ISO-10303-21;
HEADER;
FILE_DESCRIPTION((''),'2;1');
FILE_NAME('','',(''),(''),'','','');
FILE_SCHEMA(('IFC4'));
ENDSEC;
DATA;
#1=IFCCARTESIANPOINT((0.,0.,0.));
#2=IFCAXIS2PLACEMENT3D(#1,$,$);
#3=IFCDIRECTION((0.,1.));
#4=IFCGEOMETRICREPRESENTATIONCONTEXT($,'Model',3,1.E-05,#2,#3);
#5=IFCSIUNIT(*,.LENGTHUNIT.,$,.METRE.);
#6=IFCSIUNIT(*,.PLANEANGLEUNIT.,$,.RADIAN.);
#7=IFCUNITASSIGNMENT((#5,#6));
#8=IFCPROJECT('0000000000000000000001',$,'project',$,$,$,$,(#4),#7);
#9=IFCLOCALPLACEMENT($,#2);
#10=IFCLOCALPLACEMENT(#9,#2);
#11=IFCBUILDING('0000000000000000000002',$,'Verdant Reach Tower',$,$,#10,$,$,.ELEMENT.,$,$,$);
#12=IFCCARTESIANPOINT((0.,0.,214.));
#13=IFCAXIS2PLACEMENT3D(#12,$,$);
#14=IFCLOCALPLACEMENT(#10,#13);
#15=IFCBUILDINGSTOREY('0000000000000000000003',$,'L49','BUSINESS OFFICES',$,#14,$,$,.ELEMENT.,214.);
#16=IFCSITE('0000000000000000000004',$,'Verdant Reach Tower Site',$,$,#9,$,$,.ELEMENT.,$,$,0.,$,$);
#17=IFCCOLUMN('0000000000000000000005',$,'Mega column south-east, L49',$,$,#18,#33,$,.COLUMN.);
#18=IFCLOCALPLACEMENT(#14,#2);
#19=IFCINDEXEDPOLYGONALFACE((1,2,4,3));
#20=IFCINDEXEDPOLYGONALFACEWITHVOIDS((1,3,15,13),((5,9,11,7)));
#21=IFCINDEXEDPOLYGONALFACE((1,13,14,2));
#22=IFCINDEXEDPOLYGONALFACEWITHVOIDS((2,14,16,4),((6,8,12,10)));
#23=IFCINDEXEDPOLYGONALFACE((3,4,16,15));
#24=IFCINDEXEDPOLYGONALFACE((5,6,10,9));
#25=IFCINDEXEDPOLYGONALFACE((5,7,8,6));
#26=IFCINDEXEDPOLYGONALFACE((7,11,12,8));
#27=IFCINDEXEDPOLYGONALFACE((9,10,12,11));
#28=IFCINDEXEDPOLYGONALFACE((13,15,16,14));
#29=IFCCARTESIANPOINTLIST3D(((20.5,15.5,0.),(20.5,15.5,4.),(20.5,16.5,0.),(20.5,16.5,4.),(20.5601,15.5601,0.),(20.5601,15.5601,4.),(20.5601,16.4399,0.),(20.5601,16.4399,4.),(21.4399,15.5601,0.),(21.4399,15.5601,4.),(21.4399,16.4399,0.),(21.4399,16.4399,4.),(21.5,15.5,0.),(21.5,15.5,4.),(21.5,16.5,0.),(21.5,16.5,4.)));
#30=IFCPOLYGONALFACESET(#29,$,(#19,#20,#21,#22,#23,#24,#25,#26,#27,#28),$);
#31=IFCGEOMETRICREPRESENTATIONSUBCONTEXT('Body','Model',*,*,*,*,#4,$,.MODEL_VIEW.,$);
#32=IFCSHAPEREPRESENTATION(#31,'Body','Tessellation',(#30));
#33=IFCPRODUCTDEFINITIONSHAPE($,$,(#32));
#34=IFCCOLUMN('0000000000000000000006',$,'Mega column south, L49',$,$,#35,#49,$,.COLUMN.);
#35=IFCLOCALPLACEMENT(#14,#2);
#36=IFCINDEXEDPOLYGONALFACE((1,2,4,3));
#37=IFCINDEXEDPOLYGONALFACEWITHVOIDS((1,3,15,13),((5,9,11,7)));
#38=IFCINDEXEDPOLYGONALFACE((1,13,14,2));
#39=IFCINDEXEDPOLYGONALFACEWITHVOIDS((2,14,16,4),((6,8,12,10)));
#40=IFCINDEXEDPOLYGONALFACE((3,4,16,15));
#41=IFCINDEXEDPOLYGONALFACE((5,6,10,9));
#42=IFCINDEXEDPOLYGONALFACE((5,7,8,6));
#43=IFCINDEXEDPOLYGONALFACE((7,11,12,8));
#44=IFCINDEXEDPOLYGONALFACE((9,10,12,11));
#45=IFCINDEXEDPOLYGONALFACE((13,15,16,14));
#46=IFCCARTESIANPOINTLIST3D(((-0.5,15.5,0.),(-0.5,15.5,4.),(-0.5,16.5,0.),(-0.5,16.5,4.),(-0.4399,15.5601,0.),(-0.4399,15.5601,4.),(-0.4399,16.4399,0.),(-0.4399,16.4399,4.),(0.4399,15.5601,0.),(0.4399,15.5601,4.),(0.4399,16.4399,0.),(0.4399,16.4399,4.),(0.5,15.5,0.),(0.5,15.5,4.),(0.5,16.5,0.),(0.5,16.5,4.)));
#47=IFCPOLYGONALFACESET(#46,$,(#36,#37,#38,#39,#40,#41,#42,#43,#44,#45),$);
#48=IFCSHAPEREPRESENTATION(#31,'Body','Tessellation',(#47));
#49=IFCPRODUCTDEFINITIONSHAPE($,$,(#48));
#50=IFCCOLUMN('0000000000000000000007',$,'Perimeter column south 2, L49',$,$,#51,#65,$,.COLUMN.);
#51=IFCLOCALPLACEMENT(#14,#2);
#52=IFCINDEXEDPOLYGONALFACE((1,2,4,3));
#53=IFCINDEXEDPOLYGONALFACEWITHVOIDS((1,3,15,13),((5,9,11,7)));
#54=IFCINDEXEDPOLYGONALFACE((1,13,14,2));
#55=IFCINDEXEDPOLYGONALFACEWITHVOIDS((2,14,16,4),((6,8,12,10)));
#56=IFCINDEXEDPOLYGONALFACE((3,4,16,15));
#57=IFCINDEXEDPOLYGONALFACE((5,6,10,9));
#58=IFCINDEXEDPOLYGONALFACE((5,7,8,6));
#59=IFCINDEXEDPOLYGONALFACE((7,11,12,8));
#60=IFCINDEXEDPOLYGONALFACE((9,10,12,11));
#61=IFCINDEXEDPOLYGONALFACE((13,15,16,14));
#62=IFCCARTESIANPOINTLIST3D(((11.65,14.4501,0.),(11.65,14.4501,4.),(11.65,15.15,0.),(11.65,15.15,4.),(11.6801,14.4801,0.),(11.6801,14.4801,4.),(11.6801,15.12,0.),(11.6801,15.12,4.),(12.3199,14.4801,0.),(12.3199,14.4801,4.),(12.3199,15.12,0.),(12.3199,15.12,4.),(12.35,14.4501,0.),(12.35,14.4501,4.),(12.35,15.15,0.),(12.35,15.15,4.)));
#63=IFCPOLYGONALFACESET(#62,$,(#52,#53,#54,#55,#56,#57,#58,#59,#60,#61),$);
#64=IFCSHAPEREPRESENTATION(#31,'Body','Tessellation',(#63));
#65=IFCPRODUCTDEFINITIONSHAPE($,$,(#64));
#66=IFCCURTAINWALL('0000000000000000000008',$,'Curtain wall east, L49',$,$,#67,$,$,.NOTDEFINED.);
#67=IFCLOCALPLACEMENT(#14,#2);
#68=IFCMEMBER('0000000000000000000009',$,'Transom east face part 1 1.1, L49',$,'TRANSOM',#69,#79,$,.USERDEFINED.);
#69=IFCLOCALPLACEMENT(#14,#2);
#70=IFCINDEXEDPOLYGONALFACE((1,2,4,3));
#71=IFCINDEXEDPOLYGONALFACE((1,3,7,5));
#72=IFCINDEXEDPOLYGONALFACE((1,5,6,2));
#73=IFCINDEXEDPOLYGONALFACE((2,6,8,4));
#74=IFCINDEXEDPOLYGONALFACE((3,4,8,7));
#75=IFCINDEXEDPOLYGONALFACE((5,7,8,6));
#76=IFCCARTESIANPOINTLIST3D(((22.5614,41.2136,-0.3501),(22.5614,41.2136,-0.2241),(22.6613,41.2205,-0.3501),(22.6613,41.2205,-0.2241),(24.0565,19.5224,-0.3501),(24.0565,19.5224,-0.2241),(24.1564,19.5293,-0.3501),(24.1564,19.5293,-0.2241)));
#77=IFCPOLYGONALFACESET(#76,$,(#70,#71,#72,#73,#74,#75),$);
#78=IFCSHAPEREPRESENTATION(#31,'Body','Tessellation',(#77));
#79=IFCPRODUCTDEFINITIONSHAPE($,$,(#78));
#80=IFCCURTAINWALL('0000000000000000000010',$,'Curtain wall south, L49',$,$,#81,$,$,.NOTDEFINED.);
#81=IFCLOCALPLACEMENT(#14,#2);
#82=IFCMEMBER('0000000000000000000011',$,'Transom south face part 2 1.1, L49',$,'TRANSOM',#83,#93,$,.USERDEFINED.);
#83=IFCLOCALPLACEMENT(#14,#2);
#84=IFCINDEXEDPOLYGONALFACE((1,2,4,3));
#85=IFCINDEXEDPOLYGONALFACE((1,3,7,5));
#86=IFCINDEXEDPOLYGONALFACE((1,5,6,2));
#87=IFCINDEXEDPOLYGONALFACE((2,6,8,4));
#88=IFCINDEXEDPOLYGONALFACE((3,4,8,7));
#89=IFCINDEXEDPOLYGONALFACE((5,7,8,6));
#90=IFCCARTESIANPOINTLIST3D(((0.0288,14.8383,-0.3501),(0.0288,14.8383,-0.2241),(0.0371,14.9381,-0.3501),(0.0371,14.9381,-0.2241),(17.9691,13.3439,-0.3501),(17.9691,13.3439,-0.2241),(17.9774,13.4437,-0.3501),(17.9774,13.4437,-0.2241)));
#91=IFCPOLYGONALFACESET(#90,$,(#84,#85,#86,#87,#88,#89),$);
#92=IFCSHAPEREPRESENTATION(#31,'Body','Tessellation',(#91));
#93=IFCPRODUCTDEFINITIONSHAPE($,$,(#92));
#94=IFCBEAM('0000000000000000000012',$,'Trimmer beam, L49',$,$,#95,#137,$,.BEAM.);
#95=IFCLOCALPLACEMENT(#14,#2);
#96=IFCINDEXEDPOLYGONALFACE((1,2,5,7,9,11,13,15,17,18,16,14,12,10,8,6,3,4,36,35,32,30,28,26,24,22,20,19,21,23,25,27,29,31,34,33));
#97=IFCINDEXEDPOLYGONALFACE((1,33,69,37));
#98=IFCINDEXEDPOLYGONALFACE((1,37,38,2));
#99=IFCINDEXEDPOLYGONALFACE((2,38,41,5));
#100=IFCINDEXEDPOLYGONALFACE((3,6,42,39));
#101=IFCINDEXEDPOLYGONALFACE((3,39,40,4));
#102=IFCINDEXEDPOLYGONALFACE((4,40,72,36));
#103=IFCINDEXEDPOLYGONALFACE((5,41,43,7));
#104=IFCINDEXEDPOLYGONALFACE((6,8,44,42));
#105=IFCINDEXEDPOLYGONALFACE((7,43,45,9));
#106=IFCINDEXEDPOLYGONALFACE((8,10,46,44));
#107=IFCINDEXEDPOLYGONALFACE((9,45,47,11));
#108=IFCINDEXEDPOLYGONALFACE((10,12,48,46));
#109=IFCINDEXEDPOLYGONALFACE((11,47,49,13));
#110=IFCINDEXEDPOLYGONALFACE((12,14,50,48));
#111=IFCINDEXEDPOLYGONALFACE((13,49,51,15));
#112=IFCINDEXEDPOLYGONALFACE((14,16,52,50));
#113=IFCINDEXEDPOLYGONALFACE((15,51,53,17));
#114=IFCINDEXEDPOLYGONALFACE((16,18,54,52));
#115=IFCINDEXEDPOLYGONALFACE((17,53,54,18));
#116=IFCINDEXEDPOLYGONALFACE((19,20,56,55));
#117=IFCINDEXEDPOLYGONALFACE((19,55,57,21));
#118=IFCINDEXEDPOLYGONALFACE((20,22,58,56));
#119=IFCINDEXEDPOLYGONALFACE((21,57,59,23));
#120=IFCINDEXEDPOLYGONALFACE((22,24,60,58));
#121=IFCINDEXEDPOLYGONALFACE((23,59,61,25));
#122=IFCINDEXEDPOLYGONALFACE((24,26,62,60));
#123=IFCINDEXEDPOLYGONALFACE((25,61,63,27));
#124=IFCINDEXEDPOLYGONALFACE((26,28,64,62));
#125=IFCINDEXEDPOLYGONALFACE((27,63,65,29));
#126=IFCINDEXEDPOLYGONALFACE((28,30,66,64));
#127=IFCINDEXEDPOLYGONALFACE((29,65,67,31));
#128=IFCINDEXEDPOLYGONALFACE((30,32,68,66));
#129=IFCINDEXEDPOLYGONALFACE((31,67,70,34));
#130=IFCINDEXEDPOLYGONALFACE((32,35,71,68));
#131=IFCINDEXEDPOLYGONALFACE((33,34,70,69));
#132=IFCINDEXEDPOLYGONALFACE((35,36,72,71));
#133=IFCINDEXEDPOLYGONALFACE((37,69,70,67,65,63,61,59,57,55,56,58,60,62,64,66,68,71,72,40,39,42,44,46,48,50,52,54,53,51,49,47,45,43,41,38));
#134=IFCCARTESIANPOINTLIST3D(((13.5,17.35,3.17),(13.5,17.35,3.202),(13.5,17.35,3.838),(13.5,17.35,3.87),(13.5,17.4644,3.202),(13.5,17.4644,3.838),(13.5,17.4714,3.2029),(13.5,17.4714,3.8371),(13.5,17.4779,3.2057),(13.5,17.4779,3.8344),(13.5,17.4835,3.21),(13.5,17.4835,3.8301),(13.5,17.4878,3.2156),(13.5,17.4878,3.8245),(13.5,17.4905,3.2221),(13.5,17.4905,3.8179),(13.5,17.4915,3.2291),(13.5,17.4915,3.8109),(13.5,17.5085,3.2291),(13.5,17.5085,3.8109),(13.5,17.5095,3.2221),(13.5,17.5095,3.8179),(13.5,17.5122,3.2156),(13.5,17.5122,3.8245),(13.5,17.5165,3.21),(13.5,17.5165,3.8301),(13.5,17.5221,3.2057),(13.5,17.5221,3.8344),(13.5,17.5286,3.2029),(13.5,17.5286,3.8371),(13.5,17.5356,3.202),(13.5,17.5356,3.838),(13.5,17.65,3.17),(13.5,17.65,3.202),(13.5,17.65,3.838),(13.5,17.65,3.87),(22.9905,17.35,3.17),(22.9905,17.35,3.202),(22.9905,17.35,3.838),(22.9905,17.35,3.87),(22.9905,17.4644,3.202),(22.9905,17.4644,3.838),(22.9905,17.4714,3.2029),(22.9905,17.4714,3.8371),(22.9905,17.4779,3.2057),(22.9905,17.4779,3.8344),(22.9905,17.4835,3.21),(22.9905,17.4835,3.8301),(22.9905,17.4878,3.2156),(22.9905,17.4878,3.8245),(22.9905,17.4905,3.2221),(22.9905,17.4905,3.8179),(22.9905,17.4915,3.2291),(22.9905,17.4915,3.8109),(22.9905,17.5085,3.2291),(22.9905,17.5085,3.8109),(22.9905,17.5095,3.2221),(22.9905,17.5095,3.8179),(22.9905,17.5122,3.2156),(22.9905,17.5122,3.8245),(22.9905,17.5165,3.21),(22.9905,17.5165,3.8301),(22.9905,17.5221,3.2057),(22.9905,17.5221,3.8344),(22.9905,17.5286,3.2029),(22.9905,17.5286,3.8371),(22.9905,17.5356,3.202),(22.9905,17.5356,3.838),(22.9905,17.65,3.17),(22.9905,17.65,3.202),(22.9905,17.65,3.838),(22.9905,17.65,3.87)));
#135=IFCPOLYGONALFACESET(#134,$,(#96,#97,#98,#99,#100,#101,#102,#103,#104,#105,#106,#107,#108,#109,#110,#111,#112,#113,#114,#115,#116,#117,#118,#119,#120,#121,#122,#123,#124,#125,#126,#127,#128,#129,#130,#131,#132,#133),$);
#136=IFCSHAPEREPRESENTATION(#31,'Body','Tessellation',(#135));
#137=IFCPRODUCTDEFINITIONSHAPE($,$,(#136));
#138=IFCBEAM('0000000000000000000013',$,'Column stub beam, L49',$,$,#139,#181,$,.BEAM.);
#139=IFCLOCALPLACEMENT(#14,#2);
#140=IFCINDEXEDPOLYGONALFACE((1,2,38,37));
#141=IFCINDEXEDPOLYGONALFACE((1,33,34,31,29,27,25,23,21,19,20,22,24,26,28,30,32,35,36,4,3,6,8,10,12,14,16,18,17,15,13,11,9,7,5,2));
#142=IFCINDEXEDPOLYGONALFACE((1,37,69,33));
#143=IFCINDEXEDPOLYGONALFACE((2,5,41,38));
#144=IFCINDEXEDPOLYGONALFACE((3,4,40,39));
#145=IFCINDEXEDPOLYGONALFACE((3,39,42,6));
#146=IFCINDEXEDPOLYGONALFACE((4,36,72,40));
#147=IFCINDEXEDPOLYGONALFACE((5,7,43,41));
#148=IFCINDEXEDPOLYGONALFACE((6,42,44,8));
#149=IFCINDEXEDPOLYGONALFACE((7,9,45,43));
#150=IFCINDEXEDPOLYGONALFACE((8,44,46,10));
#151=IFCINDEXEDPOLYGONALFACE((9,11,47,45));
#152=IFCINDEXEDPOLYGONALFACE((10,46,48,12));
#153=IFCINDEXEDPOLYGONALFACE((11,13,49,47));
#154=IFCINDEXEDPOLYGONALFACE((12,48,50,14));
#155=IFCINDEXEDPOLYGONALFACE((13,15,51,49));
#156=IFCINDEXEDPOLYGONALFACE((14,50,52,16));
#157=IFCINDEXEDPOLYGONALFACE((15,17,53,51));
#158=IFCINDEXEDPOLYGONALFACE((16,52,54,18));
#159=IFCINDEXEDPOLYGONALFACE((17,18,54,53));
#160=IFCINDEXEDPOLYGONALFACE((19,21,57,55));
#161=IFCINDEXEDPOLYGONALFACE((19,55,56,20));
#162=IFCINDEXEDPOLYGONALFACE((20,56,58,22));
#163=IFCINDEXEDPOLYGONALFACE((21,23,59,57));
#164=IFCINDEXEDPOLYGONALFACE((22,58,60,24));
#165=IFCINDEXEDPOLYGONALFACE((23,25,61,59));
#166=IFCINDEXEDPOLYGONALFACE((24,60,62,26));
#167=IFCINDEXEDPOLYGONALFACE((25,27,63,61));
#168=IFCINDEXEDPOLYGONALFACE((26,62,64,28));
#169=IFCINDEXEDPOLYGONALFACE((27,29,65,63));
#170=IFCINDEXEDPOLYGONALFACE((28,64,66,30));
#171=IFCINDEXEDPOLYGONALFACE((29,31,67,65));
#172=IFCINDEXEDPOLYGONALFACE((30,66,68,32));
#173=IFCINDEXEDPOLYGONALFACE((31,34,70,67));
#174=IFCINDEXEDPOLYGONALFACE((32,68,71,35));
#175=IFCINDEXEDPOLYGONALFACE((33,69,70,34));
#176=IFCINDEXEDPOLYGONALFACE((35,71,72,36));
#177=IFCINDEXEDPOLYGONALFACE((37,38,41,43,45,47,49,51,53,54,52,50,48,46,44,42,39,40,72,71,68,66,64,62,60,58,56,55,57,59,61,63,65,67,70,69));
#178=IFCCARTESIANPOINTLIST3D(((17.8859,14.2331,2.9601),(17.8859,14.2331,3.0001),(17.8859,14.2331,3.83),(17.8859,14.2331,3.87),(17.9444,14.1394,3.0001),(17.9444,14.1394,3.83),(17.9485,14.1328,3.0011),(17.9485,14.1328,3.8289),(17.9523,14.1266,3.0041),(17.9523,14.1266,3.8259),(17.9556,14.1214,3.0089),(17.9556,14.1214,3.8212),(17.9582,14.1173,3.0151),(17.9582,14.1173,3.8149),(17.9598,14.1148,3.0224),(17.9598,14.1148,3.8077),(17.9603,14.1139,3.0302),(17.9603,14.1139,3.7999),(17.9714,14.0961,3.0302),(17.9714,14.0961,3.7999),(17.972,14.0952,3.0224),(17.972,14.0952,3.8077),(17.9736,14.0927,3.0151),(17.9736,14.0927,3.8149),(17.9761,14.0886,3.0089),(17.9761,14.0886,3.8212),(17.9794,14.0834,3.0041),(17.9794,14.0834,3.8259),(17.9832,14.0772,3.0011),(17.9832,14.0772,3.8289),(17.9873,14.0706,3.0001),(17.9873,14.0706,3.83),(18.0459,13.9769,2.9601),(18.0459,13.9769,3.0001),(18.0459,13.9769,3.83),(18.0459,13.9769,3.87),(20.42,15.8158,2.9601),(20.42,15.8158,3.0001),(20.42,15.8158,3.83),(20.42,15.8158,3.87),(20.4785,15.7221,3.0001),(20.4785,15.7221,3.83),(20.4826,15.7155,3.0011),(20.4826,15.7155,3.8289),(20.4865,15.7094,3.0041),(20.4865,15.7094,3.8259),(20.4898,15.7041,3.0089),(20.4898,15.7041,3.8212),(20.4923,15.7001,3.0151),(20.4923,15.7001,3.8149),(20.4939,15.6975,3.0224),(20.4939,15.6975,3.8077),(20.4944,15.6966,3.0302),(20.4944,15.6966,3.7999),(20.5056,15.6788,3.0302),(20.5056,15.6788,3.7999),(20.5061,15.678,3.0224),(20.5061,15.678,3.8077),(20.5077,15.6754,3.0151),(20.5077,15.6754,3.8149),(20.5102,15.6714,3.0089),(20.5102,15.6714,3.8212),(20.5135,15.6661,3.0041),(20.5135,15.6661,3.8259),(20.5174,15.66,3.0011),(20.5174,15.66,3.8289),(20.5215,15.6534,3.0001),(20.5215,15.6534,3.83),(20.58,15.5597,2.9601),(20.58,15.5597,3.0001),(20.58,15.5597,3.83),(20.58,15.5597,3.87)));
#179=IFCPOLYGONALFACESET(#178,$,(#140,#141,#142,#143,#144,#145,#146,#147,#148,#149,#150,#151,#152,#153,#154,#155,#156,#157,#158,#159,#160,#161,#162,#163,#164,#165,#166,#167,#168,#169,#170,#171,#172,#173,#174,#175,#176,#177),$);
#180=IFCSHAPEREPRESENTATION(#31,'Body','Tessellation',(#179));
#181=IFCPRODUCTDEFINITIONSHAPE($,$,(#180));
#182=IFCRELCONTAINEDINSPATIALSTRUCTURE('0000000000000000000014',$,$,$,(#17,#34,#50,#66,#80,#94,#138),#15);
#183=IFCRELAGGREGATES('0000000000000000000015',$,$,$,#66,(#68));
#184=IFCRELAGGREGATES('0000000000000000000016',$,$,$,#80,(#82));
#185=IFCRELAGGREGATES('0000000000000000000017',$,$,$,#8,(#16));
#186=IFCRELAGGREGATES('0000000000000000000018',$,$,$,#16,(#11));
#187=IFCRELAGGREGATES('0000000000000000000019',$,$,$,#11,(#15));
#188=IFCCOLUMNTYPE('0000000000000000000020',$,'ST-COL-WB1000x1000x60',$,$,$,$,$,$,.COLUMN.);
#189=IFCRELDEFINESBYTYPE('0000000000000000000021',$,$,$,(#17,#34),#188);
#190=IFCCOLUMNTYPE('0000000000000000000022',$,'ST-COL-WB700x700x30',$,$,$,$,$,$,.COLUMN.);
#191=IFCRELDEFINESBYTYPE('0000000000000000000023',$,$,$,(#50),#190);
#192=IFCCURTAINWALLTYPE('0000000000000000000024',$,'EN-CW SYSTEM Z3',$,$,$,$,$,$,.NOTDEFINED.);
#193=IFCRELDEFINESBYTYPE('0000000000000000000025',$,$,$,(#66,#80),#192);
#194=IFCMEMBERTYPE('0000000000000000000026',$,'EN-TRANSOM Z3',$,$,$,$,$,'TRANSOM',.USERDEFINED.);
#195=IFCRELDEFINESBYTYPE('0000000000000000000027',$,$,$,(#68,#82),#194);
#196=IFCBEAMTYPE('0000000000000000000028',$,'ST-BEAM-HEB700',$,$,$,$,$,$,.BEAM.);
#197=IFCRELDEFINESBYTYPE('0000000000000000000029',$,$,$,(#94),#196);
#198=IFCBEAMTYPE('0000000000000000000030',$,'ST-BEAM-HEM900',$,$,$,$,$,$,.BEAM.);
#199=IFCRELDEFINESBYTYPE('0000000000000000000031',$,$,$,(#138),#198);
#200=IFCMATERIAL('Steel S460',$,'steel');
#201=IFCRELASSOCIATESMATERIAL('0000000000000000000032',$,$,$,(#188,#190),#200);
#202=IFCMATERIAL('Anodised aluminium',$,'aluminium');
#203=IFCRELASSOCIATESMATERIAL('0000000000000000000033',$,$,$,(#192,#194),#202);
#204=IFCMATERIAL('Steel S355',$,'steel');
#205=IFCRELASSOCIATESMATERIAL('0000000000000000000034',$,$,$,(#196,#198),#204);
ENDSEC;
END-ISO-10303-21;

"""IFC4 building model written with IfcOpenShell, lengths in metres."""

from ifc_helpers import new_model, si_unit, direction, frame, origin, origin_2d, place, context, subcontext, project, spatial, rectangle, hollow_rectangle, i_section, extrude, material, material_profile, profile_set, type_object, element, aggregate, save


model = new_model("IFC4")

# Units and contexts
model_context = context("Model", 3, precision=1e-05, world=origin(), true_north=direction((0.0, 1.0)))
body_context = subcontext(model_context, "Body", "Model", "MODEL_VIEW")
ifc_project = project(units=[si_unit("LENGTHUNIT", "METRE"), si_unit("PLANEANGLEUNIT", "RADIAN")], contexts=[model_context])

# Site, building, storey
site_placement = place(None, origin())
site = spatial("IfcSite", under=ifc_project, at=site_placement, Name="Verdant Reach Tower Site", CompositionType="ELEMENT", RefElevation=0.0)
building_placement = place(site_placement, origin())
building = spatial("IfcBuilding", under=site, at=building_placement, Name="Verdant Reach Tower", CompositionType="ELEMENT")
storey_placement = place(building_placement, frame((0.0, 0.0, 214.0)))
storey = spatial("IfcBuildingStorey", under=building, at=storey_placement, Name="L49", Description="BUSINESS OFFICES", CompositionType="ELEMENT", Elevation=214.0)

# Columns
ifc_material_1 = material(Name="Steel S460", Category="steel")
ifc_material_profile_1 = material_profile(ifc_material_1, hollow_rectangle(XDim=1.0, YDim=1.0, WallThickness=0.0601, at=origin_2d()), Name="WB 1000x1000x60")
ifc_profile_set_1 = profile_set([ifc_material_profile_1], Name="Steel S460")
column_type_1 = type_object("IfcColumnType", Name="ST-COL-WB1000x1000x60", PredefinedType="COLUMN", material=ifc_profile_set_1)
for number, where, z_axis, x_axis, name in (
    (1, (21.0, 16.0, 0.0), (0.0, 0.0, 1.0), (1.0, 0.0, 0.0), "Mega column south-east, L49"),
    (2, (0.0, 16.0, 0.0), (0.0, 0.0, 1.0), (1.0, 0.0, 0.0), "Mega column south, L49"),
):
    element("IfcColumn", number, at=place(storey_placement, frame(where, z_axis=z_axis, x_axis=x_axis)), inside=storey, type_object=column_type_1, Name=name, PredefinedType="COLUMN", context=body_context, shape_type="SweptSolid", body=[
        extrude(hollow_rectangle(XDim=1.0, YDim=1.0, WallThickness=0.0601, at=origin_2d()), origin(), (0.0, 0.0, 1.0), 4.0),
    ])
ifc_material_profile_2 = material_profile(ifc_material_1, hollow_rectangle(XDim=0.7, YDim=0.7, WallThickness=0.03, at=origin_2d()), Name="WB 700x700x30")
ifc_profile_set_2 = profile_set([ifc_material_profile_2], Name="Steel S460")
column_type_2 = type_object("IfcColumnType", Name="ST-COL-WB700x700x30", PredefinedType="COLUMN", material=ifc_profile_set_2)
column_placement = place(storey_placement, frame((12.0, 14.8, 0.0), z_axis=(0.0, 0.0, 1.0), x_axis=(1.0, 0.0, 0.0)))
element("IfcColumn", 3, at=column_placement, inside=storey, type_object=column_type_2, Name="Perimeter column south 2, L49", PredefinedType="COLUMN", context=body_context, shape_type="SweptSolid", body=[
    extrude(hollow_rectangle(XDim=0.7, YDim=0.7, WallThickness=0.03, at=origin_2d()), origin(), (0.0, 0.0, 1.0), 4.0),
])

# Curtain walls, members
ifc_material_2 = material(Name="Anodised aluminium", Category="aluminium")
curtain_wall_type = type_object("IfcCurtainWallType", Name="EN-CW SYSTEM Z3", PredefinedType="NOTDEFINED", material=ifc_material_2)
curtain_wall_1_placement = place(storey_placement, origin())
curtain_wall_1 = element("IfcCurtainWall", 4, at=curtain_wall_1_placement, inside=storey, type_object=curtain_wall_type, Name="Curtain wall east, L49", PredefinedType="NOTDEFINED")
ifc_material_profile_3 = material_profile(ifc_material_2, rectangle(XDim=0.1001, YDim=0.126, at=origin_2d()), Name="Transom 126x100")
ifc_profile_set_3 = profile_set([ifc_material_profile_3], Name="Anodised aluminium")
member_type = type_object("IfcMemberType", Name="EN-TRANSOM Z3", ElementType="TRANSOM", PredefinedType="USERDEFINED", material=ifc_profile_set_3)
member_1_placement = place(storey_placement, frame((24.1064, 19.5259, -0.2871), z_axis=(-0.068764, 0.997633, 0.0), x_axis=(-0.997633, -0.068764, 0.0)))
member_1 = element("IfcMember", 5, at=member_1_placement, type_object=member_type, Name="Transom east face part 1 1.1, L49", ObjectType="TRANSOM", PredefinedType="USERDEFINED", context=body_context, shape_type="SweptSolid", body=[
    extrude(rectangle(XDim=0.1001, YDim=0.126, at=origin_2d()), origin(), (0.0, 0.0, 1.0), 21.7427),
])
aggregate(curtain_wall_1, [member_1])
curtain_wall_2_placement = place(storey_placement, origin())
curtain_wall_2 = element("IfcCurtainWall", 6, at=curtain_wall_2_placement, inside=storey, type_object=curtain_wall_type, Name="Curtain wall south, L49", PredefinedType="NOTDEFINED")
member_2_placement = place(storey_placement, frame((0.033, 14.8882, -0.2871), z_axis=(0.996549, -0.08301, 0.0), x_axis=(0.08301, 0.996549, 0.0)))
member_2 = element("IfcMember", 7, at=member_2_placement, type_object=member_type, Name="Transom south face part 2 1.1, L49", ObjectType="TRANSOM", PredefinedType="USERDEFINED", context=body_context, shape_type="SweptSolid", body=[
    extrude(rectangle(XDim=0.1001, YDim=0.126, at=origin_2d()), origin(), (0.0, 0.0, 1.0), 18.0024),
])

# Beams
ifc_material_3 = material(Name="Steel S355", Category="steel")
ifc_material_profile_4 = material_profile(ifc_material_3, i_section(OverallWidth=0.3, OverallDepth=0.7, WebThickness=0.0171, FlangeThickness=0.032, FilletRadius=0.0271, at=origin_2d()), Name="HEB 700")
ifc_profile_set_4 = profile_set([ifc_material_profile_4], Name="Steel S355")
beam_type_1 = type_object("IfcBeamType", Name="ST-BEAM-HEB700", PredefinedType="BEAM", material=ifc_profile_set_4)
beam_1_placement = place(storey_placement, frame((13.5, 17.5, 3.52), z_axis=(1.0, 0.0, 0.0), x_axis=(0.0, 1.0, 0.0)))
element("IfcBeam", 8, at=beam_1_placement, inside=storey, type_object=beam_type_1, Name="Trimmer beam, L49", PredefinedType="BEAM", context=body_context, shape_type="SweptSolid", body=[
    extrude(i_section(OverallWidth=0.3, OverallDepth=0.7, WebThickness=0.0171, FlangeThickness=0.032, FilletRadius=0.0271, at=origin_2d()), origin(), (0.0, 0.0, 1.0), 9.4905),
])
ifc_material_profile_5 = material_profile(ifc_material_3, i_section(OverallWidth=0.302, OverallDepth=0.9099, WebThickness=0.021, FlangeThickness=0.04, FilletRadius=0.03, at=origin_2d()), Name="HEM 900")
ifc_profile_set_5 = profile_set([ifc_material_profile_5], Name="Steel S355")
beam_type_2 = type_object("IfcBeamType", Name="ST-BEAM-HEM900", PredefinedType="BEAM", material=ifc_profile_set_5)
beam_2_placement = place(storey_placement, frame((20.5, 15.6877, 3.415), z_axis=(-0.848164, -0.529735, 0.0), x_axis=(0.529735, -0.848164, 0.0)))
element("IfcBeam", 9, at=beam_2_placement, inside=storey, type_object=beam_type_2, Name="Column stub beam, L49", PredefinedType="BEAM", context=body_context, shape_type="SweptSolid", body=[
    extrude(i_section(OverallWidth=0.302, OverallDepth=0.9099, WebThickness=0.021, FlangeThickness=0.04, FilletRadius=0.03, at=origin_2d()), origin(), (0.0, 0.0, 1.0), 2.9878),
])

aggregate(curtain_wall_2, [member_2])

save(model, "model.ifc")
